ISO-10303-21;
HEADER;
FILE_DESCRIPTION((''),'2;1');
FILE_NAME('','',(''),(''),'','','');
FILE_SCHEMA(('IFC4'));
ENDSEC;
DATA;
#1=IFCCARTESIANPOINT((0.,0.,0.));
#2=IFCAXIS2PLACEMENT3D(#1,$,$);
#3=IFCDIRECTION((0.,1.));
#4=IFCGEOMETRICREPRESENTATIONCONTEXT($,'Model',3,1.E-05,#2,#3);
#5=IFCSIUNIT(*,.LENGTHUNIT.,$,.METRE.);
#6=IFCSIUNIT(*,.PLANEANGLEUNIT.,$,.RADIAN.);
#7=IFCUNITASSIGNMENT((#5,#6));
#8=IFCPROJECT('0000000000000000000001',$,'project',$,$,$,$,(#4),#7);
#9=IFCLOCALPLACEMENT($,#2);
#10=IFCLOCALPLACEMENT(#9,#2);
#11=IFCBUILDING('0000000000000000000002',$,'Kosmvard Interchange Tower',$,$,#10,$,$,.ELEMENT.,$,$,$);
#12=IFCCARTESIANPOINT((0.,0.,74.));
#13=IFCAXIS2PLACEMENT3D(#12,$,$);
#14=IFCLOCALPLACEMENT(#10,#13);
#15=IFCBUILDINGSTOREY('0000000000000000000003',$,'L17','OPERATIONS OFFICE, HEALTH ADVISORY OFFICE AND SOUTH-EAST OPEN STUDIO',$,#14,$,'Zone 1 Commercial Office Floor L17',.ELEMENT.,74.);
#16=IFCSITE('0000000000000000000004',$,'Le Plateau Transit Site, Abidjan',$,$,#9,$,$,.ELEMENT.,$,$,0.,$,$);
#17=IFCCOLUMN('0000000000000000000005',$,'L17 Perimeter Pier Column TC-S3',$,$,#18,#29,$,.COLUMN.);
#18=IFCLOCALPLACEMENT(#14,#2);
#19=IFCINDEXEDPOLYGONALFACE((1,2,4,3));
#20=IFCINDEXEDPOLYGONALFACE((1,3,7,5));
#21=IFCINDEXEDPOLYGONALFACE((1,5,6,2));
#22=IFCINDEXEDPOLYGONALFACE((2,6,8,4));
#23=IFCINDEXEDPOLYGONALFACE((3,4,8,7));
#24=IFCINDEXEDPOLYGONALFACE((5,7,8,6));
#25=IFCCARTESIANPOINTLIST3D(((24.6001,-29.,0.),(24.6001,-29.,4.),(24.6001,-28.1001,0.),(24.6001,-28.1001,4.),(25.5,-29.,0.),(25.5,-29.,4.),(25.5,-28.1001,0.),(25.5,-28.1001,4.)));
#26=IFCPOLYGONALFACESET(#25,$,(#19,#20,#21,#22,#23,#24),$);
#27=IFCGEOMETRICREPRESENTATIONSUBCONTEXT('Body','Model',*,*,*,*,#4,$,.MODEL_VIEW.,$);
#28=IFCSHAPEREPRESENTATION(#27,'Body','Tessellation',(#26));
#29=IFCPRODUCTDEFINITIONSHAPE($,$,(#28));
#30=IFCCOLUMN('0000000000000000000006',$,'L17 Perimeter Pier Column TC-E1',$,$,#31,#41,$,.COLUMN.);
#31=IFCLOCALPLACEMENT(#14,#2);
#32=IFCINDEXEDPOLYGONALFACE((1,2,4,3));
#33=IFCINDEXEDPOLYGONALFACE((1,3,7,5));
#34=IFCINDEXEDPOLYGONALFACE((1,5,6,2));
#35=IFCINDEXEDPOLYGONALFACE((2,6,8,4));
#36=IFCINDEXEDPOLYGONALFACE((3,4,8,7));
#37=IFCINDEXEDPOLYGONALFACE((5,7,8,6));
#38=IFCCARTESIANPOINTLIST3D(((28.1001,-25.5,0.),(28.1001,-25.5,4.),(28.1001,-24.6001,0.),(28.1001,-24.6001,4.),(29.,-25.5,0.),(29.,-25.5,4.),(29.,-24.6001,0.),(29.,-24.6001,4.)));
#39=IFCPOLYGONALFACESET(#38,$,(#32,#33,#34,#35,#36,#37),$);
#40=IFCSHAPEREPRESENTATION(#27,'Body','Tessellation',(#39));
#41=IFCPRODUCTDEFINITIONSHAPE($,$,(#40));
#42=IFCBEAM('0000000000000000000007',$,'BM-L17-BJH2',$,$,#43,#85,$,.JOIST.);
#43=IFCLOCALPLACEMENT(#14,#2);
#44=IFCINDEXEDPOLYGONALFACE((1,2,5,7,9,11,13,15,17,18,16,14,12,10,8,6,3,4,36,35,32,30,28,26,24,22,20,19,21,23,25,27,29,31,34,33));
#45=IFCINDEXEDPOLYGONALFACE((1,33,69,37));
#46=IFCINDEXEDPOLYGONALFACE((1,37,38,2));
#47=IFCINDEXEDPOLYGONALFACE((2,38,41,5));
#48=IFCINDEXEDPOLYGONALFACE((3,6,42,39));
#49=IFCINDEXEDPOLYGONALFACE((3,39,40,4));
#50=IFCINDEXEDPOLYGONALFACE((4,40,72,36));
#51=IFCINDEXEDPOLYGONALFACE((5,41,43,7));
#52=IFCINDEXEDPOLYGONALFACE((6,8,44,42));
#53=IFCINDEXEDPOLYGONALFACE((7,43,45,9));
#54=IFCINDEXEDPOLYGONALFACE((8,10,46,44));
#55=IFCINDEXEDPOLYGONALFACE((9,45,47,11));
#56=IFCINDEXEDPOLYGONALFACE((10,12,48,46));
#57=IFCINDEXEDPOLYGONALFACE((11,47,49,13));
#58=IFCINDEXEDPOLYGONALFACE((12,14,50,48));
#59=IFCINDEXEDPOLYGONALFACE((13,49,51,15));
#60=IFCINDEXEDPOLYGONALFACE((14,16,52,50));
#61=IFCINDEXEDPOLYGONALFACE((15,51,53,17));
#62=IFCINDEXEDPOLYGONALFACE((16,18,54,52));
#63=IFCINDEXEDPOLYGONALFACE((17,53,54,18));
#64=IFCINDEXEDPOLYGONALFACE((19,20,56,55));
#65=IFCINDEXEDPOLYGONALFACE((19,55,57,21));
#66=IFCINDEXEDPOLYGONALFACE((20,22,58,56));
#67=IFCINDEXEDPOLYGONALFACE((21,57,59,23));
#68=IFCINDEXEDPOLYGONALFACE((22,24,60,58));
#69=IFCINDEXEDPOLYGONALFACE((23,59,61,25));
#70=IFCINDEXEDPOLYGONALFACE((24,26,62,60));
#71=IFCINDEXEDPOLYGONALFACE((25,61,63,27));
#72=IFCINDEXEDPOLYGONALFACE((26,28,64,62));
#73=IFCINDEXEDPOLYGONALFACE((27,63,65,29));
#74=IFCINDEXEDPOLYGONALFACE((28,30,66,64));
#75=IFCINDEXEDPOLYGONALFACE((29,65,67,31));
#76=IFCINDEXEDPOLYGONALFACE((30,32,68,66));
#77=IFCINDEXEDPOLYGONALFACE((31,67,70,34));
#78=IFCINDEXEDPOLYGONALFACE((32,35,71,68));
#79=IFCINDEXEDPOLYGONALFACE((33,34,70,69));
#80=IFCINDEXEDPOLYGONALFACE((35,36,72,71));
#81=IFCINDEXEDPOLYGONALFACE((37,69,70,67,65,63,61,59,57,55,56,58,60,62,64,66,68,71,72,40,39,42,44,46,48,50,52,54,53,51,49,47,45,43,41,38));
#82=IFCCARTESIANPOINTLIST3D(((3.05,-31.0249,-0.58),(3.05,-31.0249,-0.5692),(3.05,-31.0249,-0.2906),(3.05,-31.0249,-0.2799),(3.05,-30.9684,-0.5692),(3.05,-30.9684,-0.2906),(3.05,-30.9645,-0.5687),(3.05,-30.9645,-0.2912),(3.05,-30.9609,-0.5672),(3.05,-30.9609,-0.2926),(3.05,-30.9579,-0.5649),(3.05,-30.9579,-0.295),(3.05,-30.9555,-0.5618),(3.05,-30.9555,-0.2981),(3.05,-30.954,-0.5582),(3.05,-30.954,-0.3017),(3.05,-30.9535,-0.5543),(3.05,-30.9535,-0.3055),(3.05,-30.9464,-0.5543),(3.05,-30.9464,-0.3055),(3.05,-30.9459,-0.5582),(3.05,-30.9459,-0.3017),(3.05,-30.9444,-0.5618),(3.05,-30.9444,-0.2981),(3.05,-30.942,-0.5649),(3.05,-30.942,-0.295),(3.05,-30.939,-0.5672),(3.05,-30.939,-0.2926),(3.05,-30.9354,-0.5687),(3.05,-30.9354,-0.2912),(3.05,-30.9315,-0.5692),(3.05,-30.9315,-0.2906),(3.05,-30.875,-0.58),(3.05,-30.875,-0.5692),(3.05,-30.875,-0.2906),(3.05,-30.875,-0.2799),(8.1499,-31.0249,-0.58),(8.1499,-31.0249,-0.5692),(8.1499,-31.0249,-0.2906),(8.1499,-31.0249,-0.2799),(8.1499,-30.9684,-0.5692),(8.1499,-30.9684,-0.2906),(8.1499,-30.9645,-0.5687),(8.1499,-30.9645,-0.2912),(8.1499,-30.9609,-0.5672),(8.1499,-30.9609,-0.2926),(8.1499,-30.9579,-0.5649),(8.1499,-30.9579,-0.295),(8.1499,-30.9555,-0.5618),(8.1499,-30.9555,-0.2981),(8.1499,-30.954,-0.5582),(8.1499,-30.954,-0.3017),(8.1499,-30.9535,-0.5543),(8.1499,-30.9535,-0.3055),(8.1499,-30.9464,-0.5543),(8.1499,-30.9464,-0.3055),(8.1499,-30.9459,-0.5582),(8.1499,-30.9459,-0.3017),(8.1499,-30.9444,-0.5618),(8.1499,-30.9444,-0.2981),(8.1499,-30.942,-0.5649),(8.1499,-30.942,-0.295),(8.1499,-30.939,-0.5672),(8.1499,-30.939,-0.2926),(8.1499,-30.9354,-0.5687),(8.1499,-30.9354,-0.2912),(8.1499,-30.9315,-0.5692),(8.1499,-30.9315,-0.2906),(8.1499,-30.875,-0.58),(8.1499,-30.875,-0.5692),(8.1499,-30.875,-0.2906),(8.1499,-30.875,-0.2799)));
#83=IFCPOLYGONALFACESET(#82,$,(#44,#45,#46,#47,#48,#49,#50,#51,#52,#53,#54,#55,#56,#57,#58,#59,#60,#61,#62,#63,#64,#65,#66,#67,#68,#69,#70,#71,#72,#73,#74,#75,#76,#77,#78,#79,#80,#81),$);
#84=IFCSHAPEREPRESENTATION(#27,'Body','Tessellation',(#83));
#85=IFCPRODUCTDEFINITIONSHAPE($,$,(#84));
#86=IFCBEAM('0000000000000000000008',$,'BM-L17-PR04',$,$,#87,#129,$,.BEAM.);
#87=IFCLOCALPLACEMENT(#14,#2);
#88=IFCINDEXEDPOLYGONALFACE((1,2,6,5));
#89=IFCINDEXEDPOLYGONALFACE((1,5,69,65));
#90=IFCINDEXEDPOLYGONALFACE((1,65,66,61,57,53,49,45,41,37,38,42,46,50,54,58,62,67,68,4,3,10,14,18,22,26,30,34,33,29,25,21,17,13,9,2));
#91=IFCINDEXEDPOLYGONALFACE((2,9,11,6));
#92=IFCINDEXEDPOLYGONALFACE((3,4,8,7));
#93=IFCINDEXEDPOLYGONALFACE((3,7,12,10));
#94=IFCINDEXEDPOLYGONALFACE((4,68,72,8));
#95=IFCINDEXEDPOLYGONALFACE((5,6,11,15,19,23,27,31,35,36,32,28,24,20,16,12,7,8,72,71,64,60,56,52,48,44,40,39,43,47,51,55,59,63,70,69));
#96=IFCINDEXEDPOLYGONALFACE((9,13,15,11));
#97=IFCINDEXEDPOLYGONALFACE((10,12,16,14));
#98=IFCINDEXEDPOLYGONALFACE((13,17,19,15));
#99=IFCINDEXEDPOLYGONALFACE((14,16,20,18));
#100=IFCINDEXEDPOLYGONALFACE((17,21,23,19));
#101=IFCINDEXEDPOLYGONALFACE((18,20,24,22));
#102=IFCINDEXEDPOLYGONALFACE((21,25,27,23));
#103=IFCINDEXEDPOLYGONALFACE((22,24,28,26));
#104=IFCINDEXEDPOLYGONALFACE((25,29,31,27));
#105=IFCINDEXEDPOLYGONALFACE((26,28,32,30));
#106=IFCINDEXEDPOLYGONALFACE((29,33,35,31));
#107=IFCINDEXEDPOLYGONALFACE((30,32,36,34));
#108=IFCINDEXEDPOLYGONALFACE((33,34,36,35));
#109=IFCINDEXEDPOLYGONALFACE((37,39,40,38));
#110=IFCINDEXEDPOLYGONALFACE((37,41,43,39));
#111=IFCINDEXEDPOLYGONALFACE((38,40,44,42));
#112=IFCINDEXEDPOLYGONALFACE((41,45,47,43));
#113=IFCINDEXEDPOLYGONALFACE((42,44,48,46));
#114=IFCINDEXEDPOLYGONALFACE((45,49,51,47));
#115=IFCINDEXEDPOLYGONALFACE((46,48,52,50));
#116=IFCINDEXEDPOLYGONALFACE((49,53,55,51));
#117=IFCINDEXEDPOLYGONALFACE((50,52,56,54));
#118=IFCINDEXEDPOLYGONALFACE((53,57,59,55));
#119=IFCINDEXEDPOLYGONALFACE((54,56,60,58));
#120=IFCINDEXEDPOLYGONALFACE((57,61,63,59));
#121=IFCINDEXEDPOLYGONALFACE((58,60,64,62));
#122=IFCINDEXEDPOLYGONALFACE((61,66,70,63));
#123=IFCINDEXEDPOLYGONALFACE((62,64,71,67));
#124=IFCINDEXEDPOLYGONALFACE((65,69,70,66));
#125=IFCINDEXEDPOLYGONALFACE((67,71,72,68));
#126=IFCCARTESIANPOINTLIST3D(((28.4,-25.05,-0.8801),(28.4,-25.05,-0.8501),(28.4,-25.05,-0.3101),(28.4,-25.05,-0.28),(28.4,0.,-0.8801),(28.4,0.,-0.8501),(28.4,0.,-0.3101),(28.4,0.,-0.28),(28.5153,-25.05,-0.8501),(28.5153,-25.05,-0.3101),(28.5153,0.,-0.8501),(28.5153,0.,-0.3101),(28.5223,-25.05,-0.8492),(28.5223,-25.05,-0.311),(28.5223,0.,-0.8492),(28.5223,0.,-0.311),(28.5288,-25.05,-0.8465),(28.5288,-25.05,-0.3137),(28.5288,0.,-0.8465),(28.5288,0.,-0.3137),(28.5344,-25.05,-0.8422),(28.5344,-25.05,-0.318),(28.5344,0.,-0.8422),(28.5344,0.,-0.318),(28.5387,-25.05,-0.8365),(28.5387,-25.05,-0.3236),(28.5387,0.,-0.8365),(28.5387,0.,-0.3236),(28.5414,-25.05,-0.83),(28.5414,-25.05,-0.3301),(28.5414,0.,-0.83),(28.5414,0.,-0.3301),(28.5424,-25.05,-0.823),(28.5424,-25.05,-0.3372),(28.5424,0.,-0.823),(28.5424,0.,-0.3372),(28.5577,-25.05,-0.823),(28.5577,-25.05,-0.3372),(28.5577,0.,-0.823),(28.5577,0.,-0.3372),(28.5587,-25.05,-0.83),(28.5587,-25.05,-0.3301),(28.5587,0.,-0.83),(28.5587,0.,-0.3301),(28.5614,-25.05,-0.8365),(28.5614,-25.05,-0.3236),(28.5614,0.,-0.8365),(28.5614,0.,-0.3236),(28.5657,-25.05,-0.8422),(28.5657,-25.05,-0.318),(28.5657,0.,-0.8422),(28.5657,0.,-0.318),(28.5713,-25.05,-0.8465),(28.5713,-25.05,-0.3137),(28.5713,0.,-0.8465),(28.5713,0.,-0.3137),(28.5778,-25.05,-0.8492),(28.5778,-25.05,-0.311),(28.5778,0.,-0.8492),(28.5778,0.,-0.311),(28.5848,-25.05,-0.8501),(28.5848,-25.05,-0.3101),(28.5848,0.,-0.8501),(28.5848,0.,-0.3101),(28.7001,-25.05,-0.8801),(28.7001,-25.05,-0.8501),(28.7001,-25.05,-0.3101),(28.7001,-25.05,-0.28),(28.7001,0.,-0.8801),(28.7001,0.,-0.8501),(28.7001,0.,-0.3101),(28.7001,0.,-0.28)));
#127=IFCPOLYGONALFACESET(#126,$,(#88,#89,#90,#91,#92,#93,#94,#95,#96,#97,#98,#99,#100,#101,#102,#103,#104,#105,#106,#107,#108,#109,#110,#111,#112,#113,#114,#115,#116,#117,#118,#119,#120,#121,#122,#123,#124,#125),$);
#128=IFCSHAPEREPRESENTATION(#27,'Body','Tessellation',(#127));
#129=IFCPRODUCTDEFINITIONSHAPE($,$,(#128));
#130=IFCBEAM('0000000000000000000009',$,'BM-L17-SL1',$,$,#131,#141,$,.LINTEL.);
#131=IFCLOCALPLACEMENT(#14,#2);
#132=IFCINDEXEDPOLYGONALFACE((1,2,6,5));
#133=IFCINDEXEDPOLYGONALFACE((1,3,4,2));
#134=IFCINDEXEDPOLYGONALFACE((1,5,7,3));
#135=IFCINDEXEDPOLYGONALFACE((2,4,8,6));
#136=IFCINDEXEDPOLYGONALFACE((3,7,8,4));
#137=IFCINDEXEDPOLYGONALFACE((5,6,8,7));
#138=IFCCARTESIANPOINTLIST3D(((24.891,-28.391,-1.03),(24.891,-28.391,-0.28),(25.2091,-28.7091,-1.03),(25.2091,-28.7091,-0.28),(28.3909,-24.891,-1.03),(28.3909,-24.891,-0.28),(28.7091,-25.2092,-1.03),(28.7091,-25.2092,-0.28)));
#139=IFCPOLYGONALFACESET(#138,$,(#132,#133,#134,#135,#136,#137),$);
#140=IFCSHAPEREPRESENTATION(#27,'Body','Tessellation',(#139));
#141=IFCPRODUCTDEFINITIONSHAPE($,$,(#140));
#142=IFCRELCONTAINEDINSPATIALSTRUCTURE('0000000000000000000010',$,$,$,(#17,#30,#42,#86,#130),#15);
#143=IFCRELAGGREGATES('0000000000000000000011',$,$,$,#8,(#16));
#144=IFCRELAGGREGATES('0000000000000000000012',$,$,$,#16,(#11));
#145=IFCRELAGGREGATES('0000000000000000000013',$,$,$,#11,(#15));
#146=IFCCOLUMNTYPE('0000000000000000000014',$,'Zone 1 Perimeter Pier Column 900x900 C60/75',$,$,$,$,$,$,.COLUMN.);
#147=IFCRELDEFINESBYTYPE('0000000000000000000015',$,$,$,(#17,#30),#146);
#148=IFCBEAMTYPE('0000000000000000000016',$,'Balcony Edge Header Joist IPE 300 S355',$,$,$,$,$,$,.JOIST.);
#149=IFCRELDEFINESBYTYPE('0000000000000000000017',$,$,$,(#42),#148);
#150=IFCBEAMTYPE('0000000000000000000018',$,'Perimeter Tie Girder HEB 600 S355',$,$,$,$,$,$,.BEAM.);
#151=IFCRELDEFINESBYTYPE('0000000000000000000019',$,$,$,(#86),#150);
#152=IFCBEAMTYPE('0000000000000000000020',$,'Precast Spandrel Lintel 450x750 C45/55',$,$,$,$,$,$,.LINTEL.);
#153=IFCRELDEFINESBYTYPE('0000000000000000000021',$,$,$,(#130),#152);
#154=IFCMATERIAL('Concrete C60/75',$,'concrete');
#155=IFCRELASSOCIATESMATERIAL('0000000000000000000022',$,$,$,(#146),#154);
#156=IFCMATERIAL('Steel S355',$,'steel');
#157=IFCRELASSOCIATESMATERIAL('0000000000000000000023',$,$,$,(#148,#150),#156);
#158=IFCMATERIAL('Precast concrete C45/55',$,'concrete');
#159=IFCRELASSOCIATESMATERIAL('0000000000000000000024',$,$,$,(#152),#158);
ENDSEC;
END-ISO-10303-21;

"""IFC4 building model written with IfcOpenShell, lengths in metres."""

from ifc_helpers import new_model, si_unit, direction, frame, origin, origin_2d, place, context, subcontext, project, spatial, rectangle, i_section, extrude, source, transform, mapped, material, material_profile, profile_set, type_object, element, save


model = new_model("IFC4")

# Units and contexts
model_context = context("Model", 3, precision=1e-05, world=origin(), true_north=direction((0.0, 1.0)))
body_context = subcontext(model_context, "Body", "Model", "MODEL_VIEW")
ifc_project = project(units=[si_unit("LENGTHUNIT", "METRE"), si_unit("PLANEANGLEUNIT", "RADIAN")], contexts=[model_context])

# Site, building, storey
site_placement = place(None, origin())
site = spatial("IfcSite", under=ifc_project, at=site_placement, Name="Le Plateau Transit Site, Abidjan", CompositionType="ELEMENT", RefElevation=0.0)
building_placement = place(site_placement, origin())
building = spatial("IfcBuilding", under=site, at=building_placement, Name="Kosmvard Interchange Tower", CompositionType="ELEMENT")
storey_placement = place(building_placement, frame((0.0, 0.0, 74.0)))
storey = spatial("IfcBuildingStorey", under=building, at=storey_placement, Name="L17", Description="OPERATIONS OFFICE, HEALTH ADVISORY OFFICE AND SOUTH-EAST OPEN STUDIO", LongName="Zone 1 Commercial Office Floor L17", CompositionType="ELEMENT", Elevation=74.0)

# Columns
ifc_material_1 = material(Name="Concrete C60/75", Category="concrete")
ifc_material_profile_1 = material_profile(ifc_material_1, rectangle(XDim=0.8999, YDim=0.8999, at=origin_2d()), Name="TC 900x900")
ifc_profile_set_1 = profile_set([ifc_material_profile_1], Name="Concrete C60/75")
column_type = type_object("IfcColumnType", Name="Zone 1 Perimeter Pier Column 900x900 C60/75", PredefinedType="COLUMN", material=ifc_profile_set_1)
shared_shape_1 = source(origin(), body_context, "Body", "SweptSolid", [
    extrude(rectangle(XDim=0.8999, YDim=0.8999, at=origin_2d()), origin(), (0.0, 0.0, 1.0), 4.0),
])
for number, where, z_axis, x_axis, name in (
    (1, (25.05, -28.55, 0.0), (0.0, 0.0, 1.0), (1.0, 0.0, 0.0), "L17 Perimeter Pier Column TC-S3"),
    (2, (28.55, -25.05, 0.0), (0.0, 0.0, 1.0), (1.0, 0.0, 0.0), "L17 Perimeter Pier Column TC-E1"),
):
    element("IfcColumn", number, at=place(storey_placement, frame(where, z_axis=z_axis, x_axis=x_axis)), inside=storey, type_object=column_type, Name=name, PredefinedType="COLUMN", context=body_context, shape_type="MappedRepresentation", body=[
        mapped(shared_shape_1, transform((0.0, 0.0, 0.0), scale=1.0)),
    ])

# Beams
ifc_material_2 = material(Name="Steel S355", Category="steel")
ifc_material_profile_2 = material_profile(ifc_material_2, i_section(OverallWidth=0.1499, OverallDepth=0.3, WebThickness=0.0071, FlangeThickness=0.0107, FilletRadius=0.0149, at=origin_2d()), Name="IPE 300")
ifc_profile_set_2 = profile_set([ifc_material_profile_2], Name="Steel S355")
beam_type_1 = type_object("IfcBeamType", Name="Balcony Edge Header Joist IPE 300 S355", PredefinedType="JOIST", material=ifc_profile_set_2)
shared_shape_2 = source(origin(), body_context, "Body", "SweptSolid", [
    extrude(i_section(OverallWidth=0.1499, OverallDepth=0.3, WebThickness=0.0071, FlangeThickness=0.0107, FilletRadius=0.0149, at=origin_2d()), origin(), (0.0, 0.0, 1.0), 5.0999),
])
beam_1_placement = place(storey_placement, frame((3.05, -30.95, -0.4299), z_axis=(1.0, 0.0, 0.0), x_axis=(0.0, 1.0, 0.0)))
element("IfcBeam", 3, at=beam_1_placement, inside=storey, type_object=beam_type_1, Name="BM-L17-BJH2", PredefinedType="JOIST", context=body_context, shape_type="MappedRepresentation", body=[
    mapped(shared_shape_2, transform((0.0, 0.0, 0.0), scale=1.0)),
])
ifc_material_profile_3 = material_profile(ifc_material_2, i_section(OverallWidth=0.3, OverallDepth=0.6001, WebThickness=0.0154, FlangeThickness=0.03, FilletRadius=0.0271, at=origin_2d()), Name="HEB 600")
ifc_profile_set_3 = profile_set([ifc_material_profile_3], Name="Steel S355")
beam_type_2 = type_object("IfcBeamType", Name="Perimeter Tie Girder HEB 600 S355", PredefinedType="BEAM", material=ifc_profile_set_3)
shared_shape_3 = source(origin(), body_context, "Body", "SweptSolid", [
    extrude(i_section(OverallWidth=0.3, OverallDepth=0.6001, WebThickness=0.0154, FlangeThickness=0.03, FilletRadius=0.0271, at=origin_2d()), origin(), (0.0, 0.0, 1.0), 25.05),
])
beam_2_placement = place(storey_placement, frame((28.55, -25.05, -0.5801), z_axis=(0.0, 1.0, 0.0), x_axis=(-1.0, 0.0, 0.0)))
element("IfcBeam", 4, at=beam_2_placement, inside=storey, type_object=beam_type_2, Name="BM-L17-PR04", PredefinedType="BEAM", context=body_context, shape_type="MappedRepresentation", body=[
    mapped(shared_shape_3, transform((0.0, 0.0, 0.0), scale=1.0)),
])
ifc_material_3 = material(Name="Precast concrete C45/55", Category="concrete")
ifc_material_profile_4 = material_profile(ifc_material_3, rectangle(XDim=0.45, YDim=0.75, at=origin_2d()), Name="SL 450x750")
ifc_profile_set_4 = profile_set([ifc_material_profile_4], Name="Precast concrete C45/55")
beam_type_3 = type_object("IfcBeamType", Name="Precast Spandrel Lintel 450x750 C45/55", PredefinedType="LINTEL", material=ifc_profile_set_4)
shared_shape_4 = source(origin(), body_context, "Body", "SweptSolid", [
    extrude(rectangle(XDim=0.45, YDim=0.75, at=origin_2d()), origin(), (0.0, 0.0, 1.0), 4.9497),
])
beam_3_placement = place(storey_placement, frame((25.05, -28.55, -0.655), z_axis=(0.707107, 0.707107, 0.0), x_axis=(-0.707107, 0.707107, 0.0)))
element("IfcBeam", 5, at=beam_3_placement, inside=storey, type_object=beam_type_3, Name="BM-L17-SL1", PredefinedType="LINTEL", context=body_context, shape_type="MappedRepresentation", body=[
    mapped(shared_shape_4, transform((0.0, 0.0, 0.0), scale=1.0)),
])

save(model, "model.ifc")
